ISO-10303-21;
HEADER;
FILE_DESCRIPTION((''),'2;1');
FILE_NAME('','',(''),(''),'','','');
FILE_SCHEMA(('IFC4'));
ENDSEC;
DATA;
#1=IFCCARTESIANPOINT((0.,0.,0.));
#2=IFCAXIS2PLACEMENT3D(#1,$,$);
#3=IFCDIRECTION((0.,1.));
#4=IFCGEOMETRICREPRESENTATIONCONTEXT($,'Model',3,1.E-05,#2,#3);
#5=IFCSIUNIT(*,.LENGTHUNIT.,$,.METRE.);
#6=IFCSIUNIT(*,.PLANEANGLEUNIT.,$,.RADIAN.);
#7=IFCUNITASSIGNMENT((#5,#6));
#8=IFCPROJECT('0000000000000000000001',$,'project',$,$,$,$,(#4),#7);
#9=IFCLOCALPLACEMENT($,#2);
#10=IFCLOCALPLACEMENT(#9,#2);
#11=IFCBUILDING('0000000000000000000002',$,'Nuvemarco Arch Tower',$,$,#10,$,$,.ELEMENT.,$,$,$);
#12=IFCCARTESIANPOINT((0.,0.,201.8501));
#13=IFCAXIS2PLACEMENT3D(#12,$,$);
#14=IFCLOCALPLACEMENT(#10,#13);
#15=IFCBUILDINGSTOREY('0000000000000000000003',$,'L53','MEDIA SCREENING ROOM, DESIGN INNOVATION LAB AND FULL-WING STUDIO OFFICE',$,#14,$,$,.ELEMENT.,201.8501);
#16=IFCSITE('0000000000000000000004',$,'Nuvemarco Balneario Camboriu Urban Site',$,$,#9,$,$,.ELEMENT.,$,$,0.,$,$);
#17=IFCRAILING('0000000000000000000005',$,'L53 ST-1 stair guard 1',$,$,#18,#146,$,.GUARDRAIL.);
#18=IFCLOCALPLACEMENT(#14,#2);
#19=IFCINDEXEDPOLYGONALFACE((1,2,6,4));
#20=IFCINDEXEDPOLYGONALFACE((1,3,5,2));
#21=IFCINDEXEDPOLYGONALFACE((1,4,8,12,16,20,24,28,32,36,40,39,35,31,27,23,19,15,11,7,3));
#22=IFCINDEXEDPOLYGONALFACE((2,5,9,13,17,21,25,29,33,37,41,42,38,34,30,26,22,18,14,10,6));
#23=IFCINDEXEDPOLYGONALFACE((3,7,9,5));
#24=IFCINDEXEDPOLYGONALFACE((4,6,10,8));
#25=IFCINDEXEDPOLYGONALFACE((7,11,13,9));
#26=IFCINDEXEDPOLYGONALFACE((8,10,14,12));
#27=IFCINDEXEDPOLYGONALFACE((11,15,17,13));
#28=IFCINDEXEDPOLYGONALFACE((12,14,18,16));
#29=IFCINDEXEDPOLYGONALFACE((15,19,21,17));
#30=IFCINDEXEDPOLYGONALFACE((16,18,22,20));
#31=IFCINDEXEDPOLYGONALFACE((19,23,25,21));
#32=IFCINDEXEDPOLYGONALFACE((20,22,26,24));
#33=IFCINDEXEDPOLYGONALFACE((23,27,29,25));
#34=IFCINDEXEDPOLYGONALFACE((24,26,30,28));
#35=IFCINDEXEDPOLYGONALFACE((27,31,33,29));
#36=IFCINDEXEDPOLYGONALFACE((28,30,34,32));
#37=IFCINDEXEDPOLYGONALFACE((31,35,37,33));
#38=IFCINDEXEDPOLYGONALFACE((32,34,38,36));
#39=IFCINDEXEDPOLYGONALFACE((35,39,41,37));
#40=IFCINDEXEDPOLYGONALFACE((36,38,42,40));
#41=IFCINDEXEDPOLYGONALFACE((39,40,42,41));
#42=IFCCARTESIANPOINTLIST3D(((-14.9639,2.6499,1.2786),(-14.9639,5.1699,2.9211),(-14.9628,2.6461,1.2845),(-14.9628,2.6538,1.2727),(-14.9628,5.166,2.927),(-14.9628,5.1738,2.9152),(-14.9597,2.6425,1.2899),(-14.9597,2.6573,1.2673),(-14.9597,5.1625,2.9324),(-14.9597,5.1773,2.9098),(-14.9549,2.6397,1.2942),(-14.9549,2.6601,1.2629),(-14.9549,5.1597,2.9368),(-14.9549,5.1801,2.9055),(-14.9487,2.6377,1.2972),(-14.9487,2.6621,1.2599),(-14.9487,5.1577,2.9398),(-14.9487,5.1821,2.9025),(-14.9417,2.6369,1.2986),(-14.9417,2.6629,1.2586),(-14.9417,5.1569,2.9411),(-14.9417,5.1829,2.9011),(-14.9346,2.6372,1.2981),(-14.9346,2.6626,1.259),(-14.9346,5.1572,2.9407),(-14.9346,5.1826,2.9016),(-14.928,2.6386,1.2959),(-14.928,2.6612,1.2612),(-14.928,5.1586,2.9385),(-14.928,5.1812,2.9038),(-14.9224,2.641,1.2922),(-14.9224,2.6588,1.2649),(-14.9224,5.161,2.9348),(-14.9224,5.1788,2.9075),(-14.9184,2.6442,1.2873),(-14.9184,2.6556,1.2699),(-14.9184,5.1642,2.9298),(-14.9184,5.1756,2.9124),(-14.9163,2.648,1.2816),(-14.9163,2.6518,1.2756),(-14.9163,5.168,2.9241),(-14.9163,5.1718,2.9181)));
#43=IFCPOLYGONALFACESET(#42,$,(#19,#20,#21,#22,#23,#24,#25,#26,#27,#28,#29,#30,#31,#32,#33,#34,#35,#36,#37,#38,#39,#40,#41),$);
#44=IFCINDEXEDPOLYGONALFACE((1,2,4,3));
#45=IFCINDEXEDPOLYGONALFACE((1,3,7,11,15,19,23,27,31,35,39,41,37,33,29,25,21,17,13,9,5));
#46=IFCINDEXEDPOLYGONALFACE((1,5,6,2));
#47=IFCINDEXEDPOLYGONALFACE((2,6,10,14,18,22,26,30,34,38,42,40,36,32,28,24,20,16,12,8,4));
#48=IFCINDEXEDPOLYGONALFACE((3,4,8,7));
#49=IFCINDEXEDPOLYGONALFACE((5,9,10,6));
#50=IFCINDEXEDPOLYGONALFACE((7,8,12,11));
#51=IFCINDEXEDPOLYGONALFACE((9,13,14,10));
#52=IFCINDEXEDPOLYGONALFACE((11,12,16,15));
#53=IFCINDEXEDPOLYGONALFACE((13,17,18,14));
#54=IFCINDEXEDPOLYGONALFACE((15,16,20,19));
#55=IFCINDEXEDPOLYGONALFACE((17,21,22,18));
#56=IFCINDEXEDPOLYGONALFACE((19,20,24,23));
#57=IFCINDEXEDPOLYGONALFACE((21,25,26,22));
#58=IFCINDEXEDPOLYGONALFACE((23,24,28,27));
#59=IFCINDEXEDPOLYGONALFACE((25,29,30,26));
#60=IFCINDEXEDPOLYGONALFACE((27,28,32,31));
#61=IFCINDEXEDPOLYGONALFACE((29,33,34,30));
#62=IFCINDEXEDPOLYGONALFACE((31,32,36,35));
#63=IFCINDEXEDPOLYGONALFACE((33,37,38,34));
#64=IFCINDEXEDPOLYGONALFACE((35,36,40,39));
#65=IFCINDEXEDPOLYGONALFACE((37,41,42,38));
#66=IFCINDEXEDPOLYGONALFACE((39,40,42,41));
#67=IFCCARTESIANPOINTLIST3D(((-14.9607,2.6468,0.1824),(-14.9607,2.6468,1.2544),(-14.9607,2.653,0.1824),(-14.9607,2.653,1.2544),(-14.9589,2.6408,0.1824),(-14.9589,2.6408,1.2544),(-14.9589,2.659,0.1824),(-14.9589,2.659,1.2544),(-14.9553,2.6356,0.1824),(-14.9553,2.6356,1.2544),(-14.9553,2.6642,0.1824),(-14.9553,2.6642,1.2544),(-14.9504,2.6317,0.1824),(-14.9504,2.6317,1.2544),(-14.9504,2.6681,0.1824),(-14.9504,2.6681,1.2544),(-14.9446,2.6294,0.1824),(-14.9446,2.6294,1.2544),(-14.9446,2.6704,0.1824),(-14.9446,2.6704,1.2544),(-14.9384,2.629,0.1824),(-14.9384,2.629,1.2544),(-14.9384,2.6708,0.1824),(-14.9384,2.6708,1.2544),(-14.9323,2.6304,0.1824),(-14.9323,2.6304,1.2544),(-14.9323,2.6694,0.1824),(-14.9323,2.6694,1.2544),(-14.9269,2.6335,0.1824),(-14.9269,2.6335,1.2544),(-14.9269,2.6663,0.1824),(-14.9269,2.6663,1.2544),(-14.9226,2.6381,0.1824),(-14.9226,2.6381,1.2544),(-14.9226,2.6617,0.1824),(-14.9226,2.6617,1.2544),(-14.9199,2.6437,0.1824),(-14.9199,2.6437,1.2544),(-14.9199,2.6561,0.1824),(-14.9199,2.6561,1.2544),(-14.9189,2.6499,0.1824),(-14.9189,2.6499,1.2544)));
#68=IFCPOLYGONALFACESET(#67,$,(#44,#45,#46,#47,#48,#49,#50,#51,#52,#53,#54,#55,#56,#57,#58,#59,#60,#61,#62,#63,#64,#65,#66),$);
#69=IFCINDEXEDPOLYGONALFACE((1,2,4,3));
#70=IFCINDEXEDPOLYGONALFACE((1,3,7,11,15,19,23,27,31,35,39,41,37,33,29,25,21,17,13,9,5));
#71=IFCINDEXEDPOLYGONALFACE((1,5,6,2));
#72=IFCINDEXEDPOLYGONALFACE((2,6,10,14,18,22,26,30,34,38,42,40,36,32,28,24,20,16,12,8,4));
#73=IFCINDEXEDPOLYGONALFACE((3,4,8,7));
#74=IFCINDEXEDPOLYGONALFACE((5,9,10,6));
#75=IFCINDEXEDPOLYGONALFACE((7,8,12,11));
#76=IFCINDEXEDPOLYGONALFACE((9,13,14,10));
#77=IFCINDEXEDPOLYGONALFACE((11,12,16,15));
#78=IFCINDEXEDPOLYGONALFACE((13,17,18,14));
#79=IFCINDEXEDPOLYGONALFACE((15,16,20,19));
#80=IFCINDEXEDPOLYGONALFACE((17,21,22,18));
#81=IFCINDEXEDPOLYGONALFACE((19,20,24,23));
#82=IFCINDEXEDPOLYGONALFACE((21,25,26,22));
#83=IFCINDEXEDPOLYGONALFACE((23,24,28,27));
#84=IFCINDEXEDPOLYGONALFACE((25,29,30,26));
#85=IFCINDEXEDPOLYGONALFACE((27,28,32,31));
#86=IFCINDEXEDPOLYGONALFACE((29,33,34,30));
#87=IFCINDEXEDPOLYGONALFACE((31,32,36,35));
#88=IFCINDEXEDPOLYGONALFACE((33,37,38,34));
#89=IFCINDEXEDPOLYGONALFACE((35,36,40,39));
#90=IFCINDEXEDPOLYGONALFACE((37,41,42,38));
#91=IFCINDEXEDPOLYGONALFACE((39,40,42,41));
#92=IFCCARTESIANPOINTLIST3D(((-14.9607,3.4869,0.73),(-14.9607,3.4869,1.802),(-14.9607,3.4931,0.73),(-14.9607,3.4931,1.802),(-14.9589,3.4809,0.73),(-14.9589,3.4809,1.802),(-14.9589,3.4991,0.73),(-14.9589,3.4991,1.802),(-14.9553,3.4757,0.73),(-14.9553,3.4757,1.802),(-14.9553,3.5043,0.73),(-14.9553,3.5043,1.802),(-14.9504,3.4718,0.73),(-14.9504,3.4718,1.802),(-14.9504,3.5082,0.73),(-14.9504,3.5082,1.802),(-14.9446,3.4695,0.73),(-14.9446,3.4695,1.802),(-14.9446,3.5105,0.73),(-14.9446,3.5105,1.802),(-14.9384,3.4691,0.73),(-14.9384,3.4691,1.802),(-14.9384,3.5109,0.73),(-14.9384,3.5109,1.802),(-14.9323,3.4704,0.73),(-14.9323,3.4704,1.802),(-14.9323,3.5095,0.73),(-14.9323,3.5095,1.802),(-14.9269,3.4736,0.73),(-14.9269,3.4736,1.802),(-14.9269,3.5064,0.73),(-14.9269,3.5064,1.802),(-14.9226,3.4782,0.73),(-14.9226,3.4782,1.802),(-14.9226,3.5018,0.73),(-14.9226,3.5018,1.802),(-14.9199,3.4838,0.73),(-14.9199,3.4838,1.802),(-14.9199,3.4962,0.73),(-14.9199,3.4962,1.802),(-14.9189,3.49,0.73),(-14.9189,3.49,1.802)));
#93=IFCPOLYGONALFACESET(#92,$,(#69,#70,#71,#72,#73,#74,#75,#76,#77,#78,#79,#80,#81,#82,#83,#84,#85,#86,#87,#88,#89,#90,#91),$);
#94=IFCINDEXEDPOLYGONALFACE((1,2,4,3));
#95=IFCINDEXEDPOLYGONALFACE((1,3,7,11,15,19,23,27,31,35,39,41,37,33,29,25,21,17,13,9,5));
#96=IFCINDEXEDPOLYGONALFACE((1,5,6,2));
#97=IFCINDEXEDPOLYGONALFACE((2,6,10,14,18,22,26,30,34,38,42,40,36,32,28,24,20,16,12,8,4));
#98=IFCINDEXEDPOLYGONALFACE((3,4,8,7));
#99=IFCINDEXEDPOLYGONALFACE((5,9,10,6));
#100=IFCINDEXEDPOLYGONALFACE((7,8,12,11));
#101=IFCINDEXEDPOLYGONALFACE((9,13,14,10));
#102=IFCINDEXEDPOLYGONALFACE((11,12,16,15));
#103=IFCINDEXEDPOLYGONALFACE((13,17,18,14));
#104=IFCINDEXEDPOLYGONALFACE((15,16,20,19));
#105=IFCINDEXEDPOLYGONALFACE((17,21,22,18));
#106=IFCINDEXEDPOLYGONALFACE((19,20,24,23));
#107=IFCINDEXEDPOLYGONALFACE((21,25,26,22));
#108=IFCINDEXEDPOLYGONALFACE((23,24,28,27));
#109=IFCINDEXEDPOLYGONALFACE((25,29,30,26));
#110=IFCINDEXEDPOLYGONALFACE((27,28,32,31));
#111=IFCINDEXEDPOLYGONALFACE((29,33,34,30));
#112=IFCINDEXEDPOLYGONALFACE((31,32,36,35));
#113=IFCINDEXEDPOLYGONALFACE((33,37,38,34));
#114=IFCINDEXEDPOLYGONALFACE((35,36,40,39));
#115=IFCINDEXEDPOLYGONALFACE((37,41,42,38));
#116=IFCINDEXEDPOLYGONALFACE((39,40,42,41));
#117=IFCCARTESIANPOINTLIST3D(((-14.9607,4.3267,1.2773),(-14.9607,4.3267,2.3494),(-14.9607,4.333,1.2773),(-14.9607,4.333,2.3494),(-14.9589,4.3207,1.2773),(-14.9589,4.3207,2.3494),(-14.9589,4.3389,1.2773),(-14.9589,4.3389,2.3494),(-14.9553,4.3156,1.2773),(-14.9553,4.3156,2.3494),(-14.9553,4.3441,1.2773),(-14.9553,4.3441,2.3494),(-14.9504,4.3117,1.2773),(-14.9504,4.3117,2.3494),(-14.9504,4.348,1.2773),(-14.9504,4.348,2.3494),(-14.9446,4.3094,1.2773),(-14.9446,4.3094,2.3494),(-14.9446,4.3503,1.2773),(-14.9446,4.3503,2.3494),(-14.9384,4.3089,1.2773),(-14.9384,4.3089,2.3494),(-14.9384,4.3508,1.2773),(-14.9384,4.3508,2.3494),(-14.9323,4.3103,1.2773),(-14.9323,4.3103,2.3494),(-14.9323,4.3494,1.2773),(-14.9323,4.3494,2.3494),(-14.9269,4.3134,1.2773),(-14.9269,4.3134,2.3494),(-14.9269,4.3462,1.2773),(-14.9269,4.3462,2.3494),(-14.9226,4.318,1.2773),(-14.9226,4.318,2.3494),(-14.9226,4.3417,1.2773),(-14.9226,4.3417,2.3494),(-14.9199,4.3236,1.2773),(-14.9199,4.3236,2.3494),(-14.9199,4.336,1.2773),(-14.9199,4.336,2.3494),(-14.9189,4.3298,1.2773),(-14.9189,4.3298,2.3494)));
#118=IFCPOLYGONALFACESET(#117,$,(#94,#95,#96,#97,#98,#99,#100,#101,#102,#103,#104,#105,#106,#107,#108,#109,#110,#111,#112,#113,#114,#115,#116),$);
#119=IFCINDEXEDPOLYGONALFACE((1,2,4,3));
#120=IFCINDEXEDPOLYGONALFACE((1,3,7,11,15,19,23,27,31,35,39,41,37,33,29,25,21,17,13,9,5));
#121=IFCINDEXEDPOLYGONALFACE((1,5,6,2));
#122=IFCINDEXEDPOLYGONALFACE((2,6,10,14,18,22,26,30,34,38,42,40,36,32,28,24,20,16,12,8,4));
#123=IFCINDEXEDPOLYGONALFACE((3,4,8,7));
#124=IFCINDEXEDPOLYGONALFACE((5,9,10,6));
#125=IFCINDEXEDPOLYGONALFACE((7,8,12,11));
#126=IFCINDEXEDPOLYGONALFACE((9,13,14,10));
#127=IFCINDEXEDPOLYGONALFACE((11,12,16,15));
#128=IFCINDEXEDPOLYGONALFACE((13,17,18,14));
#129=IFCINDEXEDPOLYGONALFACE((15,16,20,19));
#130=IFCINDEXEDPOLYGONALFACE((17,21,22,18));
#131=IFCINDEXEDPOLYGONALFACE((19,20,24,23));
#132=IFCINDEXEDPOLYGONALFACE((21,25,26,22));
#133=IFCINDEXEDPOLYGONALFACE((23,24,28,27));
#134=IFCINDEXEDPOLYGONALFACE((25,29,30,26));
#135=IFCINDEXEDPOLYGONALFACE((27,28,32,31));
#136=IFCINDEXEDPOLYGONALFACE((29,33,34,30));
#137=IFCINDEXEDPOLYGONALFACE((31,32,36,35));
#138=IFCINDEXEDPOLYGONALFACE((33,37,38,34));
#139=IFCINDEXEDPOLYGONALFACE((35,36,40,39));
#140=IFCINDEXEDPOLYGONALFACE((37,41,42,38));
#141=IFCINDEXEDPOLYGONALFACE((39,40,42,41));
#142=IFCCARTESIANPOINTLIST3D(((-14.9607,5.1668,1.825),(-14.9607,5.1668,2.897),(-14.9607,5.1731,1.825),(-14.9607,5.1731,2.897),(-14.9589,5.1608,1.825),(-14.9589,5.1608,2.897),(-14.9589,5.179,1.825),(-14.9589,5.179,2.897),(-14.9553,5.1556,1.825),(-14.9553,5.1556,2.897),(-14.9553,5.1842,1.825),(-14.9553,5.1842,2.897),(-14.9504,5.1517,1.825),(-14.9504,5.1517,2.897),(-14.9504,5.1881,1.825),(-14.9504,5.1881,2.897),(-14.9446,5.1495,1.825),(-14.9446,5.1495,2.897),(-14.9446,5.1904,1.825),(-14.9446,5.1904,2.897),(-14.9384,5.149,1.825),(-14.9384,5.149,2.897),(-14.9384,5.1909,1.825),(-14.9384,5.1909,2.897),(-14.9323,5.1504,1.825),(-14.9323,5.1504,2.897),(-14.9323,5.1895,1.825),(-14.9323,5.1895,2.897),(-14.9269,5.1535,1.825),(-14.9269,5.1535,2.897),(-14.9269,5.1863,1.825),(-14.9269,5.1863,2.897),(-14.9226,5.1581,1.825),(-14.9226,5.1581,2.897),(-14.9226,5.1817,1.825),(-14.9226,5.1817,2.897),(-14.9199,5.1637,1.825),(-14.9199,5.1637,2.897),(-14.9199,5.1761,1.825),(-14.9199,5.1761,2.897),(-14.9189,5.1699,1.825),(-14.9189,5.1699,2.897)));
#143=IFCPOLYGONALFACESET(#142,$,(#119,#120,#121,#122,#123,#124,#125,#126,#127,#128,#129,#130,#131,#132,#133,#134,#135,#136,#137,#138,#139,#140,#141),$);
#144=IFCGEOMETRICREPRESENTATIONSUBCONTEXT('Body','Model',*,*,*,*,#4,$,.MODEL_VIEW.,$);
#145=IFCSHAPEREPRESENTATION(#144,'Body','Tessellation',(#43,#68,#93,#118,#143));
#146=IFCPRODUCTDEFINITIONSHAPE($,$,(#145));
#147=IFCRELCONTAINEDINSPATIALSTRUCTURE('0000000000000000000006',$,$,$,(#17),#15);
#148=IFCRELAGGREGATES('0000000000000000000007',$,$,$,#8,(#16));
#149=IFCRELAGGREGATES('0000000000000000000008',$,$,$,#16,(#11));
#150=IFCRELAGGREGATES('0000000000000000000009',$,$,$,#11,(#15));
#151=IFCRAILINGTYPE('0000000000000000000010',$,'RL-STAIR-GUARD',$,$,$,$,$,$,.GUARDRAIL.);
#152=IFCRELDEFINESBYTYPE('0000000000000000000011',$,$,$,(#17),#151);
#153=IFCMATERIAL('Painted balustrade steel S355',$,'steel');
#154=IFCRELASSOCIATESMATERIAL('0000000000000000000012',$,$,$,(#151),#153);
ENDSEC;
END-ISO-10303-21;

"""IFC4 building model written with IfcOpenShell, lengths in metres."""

from ifc_helpers import new_model, si_unit, direction, frame, origin, origin_2d, place, context, subcontext, project, spatial, circle, extrude, material, type_object, element, save


model = new_model("IFC4")

# Units and contexts
model_context = context("Model", 3, precision=1e-05, world=origin(), true_north=direction((0.0, 1.0)))
body_context = subcontext(model_context, "Body", "Model", "MODEL_VIEW")
ifc_project = project(units=[si_unit("LENGTHUNIT", "METRE"), si_unit("PLANEANGLEUNIT", "RADIAN")], contexts=[model_context])

# Site, building, storey
site_placement = place(None, origin())
site = spatial("IfcSite", under=ifc_project, at=site_placement, Name="Nuvemarco Balneario Camboriu Urban Site", CompositionType="ELEMENT", RefElevation=0.0)
building_placement = place(site_placement, origin())
building = spatial("IfcBuilding", under=site, at=building_placement, Name="Nuvemarco Arch Tower", CompositionType="ELEMENT")
storey_placement = place(building_placement, frame((0.0, 0.0, 201.8501)))
storey = spatial("IfcBuildingStorey", under=building, at=storey_placement, Name="L53", Description="MEDIA SCREENING ROOM, DESIGN INNOVATION LAB AND FULL-WING STUDIO OFFICE", CompositionType="ELEMENT", Elevation=201.8501)

# Railing
ifc_material_1 = material(Name="Painted balustrade steel S355", Category="steel")
railing_type_1 = type_object("IfcRailingType", Name="RL-STAIR-GUARD", PredefinedType="GUARDRAIL", material=ifc_material_1)
railing_1_placement = place(storey_placement, frame((-14.9399, 2.6499, 0.1824)))
element("IfcRailing", 1, at=railing_1_placement, inside=storey, type_object=railing_type_1, Name="L53 ST-1 stair guard 1", PredefinedType="GUARDRAIL", context=body_context, shape_type="SweptSolid", body=[
    extrude(circle(Radius=0.0239, at=origin_2d()), frame((0.0, 0.0, 1.0962), z_axis=(0.0, 0.837749, 0.546055), x_axis=(-1.0, 0.0, 0.0)), (0.0, 0.0, 1.0), 3.0081),
    extrude(circle(Radius=0.021, at=origin_2d()), origin(), (0.0, 0.0, 1.0), 1.072),
    extrude(circle(Radius=0.021, at=origin_2d()), frame((0.0, 0.8401, 0.5476)), (0.0, 0.0, 1.0), 1.072),
    extrude(circle(Radius=0.021, at=origin_2d()), frame((0.0, 1.6799, 1.095)), (0.0, 0.0, 1.0), 1.072),
    extrude(circle(Radius=0.021, at=origin_2d()), frame((0.0, 2.52, 1.6426)), (0.0, 0.0, 1.0), 1.072),
])

save(model, "model.ifc")
